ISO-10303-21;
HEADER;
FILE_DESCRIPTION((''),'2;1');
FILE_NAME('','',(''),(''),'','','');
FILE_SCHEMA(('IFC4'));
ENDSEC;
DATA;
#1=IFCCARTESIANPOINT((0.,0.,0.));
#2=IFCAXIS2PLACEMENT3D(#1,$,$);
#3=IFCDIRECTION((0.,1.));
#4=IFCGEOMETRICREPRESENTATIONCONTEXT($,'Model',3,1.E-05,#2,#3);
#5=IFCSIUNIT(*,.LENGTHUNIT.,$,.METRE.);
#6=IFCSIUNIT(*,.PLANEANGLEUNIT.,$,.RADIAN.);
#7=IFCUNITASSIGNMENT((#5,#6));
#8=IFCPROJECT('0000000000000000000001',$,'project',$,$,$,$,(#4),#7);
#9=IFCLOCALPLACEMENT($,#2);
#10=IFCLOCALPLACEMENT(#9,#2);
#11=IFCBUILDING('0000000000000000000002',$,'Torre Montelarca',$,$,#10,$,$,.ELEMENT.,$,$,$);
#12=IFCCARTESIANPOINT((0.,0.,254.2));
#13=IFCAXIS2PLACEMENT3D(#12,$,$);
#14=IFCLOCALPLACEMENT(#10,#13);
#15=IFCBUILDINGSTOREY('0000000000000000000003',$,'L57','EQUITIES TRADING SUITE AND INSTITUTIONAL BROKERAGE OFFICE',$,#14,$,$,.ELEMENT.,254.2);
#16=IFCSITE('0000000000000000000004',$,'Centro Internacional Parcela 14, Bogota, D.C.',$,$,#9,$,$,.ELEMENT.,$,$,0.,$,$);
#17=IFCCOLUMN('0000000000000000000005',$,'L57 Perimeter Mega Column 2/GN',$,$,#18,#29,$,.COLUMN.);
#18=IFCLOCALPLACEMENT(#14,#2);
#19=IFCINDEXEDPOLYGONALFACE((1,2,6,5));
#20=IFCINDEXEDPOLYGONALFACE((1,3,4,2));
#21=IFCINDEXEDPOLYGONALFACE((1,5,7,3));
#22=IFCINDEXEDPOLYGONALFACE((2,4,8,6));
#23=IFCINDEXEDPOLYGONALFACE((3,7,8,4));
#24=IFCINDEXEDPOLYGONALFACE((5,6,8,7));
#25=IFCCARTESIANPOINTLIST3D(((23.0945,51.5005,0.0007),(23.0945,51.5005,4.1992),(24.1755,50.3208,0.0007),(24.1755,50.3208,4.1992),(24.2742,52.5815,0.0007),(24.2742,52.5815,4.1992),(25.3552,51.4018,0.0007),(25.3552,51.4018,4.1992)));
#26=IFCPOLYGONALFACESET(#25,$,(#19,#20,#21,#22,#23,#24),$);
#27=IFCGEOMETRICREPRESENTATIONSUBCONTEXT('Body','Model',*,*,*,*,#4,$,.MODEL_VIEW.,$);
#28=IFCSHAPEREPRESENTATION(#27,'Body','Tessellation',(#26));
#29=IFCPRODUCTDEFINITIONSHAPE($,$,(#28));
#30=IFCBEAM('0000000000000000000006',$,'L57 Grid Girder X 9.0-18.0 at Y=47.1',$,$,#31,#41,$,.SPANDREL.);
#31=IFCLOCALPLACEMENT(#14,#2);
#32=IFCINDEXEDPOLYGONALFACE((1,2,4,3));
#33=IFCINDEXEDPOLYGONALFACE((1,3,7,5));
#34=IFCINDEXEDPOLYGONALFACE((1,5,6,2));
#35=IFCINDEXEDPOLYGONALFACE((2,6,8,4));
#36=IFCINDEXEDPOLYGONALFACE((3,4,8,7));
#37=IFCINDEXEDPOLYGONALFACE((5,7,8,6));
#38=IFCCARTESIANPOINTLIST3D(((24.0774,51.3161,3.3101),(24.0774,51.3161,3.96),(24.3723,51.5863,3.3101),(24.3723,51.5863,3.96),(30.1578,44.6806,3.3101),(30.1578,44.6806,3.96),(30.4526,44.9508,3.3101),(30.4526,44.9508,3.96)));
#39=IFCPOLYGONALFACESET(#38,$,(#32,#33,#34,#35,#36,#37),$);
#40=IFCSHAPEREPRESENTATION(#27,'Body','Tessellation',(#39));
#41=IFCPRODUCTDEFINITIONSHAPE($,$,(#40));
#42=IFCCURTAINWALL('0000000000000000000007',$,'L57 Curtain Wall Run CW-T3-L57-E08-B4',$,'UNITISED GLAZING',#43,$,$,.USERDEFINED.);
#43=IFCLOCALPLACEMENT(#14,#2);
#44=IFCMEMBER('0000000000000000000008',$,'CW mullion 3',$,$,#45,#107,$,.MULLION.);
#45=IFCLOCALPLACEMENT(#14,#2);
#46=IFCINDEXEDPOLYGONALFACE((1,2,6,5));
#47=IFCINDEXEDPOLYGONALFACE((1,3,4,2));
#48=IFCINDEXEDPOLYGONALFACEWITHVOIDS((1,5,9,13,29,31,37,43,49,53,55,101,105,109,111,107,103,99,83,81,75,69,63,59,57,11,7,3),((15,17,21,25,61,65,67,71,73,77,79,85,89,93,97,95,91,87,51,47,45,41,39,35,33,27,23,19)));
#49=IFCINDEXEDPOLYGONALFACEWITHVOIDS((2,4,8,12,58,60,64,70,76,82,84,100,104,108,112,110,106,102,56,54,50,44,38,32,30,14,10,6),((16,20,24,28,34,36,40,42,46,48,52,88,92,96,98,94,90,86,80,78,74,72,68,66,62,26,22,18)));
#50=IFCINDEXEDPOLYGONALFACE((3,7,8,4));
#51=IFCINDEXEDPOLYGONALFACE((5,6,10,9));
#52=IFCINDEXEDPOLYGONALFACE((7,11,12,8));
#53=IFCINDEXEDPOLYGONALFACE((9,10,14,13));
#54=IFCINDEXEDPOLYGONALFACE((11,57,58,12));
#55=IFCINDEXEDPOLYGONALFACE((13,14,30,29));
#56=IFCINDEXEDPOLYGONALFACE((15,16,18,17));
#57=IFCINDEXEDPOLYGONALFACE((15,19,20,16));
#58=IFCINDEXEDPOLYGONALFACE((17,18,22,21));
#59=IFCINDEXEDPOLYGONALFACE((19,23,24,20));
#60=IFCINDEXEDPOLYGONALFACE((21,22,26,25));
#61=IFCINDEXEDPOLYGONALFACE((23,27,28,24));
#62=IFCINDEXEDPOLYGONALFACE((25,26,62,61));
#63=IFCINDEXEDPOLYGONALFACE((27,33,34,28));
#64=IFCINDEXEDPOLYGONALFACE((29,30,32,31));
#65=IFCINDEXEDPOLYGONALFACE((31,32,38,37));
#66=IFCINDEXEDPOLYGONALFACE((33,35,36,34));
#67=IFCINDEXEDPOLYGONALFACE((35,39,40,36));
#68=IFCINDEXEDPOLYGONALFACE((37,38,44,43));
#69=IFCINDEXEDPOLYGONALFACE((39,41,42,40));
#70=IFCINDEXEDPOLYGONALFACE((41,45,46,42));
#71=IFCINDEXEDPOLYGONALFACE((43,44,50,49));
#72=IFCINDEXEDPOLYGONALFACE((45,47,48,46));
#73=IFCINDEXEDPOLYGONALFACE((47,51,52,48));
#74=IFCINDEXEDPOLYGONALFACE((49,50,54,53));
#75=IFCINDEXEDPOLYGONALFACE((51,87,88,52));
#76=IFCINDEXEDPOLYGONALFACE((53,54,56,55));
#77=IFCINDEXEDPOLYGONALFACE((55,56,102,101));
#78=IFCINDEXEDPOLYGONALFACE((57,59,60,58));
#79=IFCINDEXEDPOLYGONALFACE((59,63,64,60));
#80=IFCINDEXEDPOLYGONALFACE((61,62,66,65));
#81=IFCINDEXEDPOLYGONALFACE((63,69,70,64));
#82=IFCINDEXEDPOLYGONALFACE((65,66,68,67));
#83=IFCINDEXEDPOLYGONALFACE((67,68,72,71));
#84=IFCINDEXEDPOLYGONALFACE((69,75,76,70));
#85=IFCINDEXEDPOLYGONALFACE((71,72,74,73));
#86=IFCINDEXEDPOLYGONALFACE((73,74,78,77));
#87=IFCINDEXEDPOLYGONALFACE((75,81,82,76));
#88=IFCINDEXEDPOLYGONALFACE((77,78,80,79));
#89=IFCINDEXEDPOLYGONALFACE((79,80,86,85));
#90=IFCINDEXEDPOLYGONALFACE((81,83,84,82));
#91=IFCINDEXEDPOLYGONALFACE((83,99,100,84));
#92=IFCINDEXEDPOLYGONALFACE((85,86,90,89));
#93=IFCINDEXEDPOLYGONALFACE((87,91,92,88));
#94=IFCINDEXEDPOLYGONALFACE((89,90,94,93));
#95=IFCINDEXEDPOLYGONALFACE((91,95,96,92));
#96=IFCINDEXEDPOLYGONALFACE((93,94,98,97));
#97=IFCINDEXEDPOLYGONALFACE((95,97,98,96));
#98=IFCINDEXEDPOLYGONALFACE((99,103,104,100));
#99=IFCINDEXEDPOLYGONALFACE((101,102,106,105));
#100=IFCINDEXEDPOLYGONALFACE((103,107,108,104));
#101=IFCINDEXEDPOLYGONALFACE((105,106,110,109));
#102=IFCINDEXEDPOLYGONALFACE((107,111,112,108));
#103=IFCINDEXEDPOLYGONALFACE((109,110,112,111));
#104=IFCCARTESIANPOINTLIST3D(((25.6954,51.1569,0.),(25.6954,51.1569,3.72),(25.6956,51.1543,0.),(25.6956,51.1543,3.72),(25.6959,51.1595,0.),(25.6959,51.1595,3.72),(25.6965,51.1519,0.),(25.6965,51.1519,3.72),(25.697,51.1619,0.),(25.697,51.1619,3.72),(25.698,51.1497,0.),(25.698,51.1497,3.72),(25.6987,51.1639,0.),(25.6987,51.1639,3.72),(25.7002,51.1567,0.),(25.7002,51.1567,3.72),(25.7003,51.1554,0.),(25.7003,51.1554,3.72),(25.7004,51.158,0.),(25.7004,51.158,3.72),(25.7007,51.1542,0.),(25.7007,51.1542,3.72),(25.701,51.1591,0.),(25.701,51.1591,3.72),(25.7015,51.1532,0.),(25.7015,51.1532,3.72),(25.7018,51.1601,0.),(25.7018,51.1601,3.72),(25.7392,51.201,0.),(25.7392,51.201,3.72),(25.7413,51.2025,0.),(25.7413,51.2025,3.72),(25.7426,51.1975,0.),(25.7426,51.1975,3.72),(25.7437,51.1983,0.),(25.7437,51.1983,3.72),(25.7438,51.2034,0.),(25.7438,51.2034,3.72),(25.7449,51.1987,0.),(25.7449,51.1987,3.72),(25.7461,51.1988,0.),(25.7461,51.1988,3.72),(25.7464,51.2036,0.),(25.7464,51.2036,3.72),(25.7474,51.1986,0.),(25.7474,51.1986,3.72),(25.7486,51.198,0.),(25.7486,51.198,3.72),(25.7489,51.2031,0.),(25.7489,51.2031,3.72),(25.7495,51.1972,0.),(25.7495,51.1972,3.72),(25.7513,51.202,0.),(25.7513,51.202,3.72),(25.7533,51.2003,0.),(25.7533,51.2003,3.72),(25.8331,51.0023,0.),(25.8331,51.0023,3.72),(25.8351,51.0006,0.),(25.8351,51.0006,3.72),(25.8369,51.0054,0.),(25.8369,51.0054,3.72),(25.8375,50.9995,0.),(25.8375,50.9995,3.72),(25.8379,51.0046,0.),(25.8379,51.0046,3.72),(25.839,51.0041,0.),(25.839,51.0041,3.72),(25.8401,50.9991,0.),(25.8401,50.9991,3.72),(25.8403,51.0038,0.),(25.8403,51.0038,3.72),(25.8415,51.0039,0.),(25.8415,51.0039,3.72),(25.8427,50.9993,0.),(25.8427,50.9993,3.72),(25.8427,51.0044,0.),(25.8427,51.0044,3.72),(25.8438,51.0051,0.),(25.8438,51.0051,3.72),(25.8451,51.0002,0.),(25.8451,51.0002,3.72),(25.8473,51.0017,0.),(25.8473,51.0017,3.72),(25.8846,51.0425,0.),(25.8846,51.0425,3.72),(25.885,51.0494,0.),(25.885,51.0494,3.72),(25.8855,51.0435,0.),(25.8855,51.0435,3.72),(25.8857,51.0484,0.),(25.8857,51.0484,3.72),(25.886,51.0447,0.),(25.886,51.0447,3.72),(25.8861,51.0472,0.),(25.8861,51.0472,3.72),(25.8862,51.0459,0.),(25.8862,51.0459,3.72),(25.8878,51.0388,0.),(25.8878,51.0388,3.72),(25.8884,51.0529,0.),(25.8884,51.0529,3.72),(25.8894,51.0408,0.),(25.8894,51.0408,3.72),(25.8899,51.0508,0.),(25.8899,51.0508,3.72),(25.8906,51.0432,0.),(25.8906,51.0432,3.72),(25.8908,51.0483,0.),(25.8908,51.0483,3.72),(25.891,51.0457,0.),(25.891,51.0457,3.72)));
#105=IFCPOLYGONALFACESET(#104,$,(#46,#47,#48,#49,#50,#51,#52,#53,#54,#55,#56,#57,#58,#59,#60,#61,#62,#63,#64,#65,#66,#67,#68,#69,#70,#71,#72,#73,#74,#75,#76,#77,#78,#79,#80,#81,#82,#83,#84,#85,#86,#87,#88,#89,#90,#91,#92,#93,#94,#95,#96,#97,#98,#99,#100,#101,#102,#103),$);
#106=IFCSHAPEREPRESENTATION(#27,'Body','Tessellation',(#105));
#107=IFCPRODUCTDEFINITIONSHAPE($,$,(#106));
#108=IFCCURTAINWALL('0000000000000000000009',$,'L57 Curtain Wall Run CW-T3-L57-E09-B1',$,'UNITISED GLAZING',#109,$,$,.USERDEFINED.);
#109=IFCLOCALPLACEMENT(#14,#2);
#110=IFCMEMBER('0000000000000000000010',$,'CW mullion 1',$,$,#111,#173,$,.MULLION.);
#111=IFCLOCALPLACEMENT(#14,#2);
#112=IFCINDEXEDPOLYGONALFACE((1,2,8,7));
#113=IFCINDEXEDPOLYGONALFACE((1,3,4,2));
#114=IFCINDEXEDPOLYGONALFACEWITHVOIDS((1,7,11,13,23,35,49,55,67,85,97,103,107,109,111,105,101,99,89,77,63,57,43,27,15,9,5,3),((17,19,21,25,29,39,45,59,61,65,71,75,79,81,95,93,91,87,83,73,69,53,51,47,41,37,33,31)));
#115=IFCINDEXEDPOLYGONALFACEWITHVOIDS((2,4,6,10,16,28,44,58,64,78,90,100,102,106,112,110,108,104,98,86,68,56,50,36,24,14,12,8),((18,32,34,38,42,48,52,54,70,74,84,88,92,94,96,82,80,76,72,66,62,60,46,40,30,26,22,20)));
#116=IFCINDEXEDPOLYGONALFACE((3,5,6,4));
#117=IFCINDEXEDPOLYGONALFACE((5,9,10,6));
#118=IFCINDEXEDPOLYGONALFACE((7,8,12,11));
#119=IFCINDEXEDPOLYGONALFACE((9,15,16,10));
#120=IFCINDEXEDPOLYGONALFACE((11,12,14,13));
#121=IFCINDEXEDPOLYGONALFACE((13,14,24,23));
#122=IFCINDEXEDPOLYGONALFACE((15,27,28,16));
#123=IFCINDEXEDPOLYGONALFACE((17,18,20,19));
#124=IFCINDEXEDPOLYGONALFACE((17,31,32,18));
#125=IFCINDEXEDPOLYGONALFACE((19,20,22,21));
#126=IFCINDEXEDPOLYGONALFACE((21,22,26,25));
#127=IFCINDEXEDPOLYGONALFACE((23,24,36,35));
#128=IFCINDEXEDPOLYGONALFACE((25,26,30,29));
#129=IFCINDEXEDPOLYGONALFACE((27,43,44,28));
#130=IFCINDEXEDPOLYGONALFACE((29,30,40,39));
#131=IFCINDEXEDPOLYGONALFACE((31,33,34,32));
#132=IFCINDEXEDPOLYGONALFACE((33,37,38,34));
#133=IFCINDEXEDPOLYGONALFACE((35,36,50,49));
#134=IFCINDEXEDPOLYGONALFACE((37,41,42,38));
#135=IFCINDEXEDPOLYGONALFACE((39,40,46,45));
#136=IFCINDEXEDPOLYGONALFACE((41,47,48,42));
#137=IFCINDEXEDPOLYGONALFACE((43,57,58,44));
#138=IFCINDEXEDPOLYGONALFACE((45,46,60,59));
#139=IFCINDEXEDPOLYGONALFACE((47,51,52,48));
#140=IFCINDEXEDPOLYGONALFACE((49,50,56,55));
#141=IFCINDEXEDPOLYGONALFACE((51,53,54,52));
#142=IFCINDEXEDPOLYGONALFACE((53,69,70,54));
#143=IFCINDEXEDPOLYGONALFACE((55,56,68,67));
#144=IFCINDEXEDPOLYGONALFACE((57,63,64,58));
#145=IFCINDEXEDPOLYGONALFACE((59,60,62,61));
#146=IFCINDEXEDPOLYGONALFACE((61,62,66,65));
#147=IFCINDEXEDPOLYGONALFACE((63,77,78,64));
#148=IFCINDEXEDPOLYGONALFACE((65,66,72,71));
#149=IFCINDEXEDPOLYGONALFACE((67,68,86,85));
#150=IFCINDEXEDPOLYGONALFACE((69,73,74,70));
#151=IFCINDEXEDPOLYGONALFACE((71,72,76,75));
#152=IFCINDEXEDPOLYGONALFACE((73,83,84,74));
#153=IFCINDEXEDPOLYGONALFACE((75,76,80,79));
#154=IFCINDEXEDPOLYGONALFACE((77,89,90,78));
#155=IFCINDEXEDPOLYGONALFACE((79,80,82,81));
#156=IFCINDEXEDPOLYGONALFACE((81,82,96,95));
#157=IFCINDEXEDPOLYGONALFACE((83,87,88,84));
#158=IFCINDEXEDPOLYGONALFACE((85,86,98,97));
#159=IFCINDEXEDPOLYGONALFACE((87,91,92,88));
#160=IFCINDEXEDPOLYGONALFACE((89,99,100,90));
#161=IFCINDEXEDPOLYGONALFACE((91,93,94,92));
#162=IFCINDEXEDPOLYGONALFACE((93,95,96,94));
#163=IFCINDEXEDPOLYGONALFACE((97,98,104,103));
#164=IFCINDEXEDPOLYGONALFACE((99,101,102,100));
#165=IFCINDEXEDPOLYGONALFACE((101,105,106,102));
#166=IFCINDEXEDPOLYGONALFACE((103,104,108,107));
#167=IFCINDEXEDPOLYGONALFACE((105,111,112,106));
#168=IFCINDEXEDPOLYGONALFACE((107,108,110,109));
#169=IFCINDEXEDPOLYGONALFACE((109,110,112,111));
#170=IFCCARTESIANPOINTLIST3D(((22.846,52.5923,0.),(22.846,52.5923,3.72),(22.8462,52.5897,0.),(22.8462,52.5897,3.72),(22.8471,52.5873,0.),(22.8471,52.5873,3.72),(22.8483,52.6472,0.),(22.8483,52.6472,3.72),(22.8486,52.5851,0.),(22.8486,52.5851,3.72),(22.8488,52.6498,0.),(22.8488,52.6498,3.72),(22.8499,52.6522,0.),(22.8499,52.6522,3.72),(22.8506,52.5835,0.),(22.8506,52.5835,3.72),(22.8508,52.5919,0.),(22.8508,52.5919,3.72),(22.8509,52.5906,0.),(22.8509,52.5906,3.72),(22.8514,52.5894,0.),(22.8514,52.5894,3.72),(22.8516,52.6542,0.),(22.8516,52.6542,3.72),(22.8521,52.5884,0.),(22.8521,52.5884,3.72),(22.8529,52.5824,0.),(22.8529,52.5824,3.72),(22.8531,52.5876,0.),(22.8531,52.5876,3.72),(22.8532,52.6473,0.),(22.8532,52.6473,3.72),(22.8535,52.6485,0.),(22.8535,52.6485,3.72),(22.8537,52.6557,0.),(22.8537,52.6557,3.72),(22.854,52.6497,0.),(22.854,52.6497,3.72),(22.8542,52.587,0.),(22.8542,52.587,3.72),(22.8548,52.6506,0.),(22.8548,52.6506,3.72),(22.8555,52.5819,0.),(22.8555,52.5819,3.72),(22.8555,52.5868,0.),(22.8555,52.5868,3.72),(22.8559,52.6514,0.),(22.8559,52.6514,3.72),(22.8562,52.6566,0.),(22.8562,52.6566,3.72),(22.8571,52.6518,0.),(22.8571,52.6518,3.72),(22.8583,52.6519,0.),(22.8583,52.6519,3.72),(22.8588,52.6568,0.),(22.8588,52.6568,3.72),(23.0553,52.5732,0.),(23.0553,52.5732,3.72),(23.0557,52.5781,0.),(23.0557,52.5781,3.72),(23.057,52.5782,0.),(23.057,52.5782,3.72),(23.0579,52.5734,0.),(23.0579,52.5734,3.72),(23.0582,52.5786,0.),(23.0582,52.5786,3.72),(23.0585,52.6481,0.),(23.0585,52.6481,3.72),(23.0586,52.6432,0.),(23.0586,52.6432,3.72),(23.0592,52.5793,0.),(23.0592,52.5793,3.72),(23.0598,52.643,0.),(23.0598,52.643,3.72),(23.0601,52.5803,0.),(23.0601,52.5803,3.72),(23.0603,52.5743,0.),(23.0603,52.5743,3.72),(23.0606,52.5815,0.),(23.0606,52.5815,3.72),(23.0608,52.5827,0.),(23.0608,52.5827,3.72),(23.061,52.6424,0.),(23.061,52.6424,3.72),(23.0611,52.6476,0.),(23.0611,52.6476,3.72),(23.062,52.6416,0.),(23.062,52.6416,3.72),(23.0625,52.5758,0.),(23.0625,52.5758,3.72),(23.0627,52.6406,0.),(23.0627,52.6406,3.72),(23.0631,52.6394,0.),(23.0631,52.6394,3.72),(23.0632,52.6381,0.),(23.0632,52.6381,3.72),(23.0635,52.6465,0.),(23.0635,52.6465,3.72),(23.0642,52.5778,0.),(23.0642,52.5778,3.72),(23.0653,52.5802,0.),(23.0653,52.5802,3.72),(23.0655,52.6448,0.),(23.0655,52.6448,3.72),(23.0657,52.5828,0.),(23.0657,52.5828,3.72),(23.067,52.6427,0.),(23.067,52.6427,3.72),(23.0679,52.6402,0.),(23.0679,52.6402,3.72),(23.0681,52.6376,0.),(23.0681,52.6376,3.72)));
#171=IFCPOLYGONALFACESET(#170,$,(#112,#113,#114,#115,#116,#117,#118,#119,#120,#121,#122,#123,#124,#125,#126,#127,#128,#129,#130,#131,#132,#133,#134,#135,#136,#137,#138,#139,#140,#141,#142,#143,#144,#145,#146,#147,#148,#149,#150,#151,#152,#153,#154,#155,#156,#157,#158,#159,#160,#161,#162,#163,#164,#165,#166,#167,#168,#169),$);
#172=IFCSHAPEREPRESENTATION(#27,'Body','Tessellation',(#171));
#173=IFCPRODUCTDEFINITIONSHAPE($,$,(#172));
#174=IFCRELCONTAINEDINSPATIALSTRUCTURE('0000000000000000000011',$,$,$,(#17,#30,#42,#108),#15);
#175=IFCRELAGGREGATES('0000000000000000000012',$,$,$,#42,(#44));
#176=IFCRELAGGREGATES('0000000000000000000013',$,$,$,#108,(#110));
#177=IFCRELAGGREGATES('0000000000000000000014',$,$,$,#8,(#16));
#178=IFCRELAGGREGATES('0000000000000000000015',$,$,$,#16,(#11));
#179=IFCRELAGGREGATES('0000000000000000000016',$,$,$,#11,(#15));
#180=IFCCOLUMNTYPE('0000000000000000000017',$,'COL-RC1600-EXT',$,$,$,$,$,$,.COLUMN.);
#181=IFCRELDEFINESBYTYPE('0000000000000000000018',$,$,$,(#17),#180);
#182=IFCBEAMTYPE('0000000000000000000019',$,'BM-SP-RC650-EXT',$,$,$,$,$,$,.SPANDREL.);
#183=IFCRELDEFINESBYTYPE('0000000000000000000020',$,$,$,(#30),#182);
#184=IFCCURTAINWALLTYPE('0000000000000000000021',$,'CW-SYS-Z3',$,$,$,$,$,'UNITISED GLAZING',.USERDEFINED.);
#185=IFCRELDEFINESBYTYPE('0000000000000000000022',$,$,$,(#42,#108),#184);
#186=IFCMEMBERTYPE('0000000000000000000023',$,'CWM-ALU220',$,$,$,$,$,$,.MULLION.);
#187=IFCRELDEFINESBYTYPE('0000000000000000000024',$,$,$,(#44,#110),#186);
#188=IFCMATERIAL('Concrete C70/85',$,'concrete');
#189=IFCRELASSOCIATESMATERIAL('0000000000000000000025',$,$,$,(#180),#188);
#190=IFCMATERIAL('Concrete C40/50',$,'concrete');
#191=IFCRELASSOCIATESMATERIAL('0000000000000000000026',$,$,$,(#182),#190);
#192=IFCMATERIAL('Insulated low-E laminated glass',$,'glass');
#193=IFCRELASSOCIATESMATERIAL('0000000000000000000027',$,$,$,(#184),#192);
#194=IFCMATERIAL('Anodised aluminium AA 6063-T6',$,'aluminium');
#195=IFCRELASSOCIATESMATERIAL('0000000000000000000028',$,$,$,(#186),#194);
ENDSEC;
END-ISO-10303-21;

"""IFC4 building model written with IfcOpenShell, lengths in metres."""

from ifc_helpers import new_model, si_unit, direction, frame, origin, origin_2d, place, context, subcontext, project, spatial, rectangle, hollow_rectangle, extrude, source, transform, mapped, material, material_profile, profile_set, type_object, element, aggregate, save


model = new_model("IFC4")

# Units and contexts
model_context = context("Model", 3, precision=1e-05, world=origin(), true_north=direction((0.0, 1.0)))
body_context = subcontext(model_context, "Body", "Model", "MODEL_VIEW")
ifc_project = project(units=[si_unit("LENGTHUNIT", "METRE"), si_unit("PLANEANGLEUNIT", "RADIAN")], contexts=[model_context])

# Site, building, storey
site_placement = place(None, origin())
site = spatial("IfcSite", under=ifc_project, at=site_placement, Name="Centro Internacional Parcela 14, Bogota, D.C.", CompositionType="ELEMENT", RefElevation=0.0)
building_placement = place(site_placement, origin())
building = spatial("IfcBuilding", under=site, at=building_placement, Name="Torre Montelarca", CompositionType="ELEMENT")
storey_placement = place(building_placement, frame((0.0, 0.0, 254.2)))
storey = spatial("IfcBuildingStorey", under=building, at=storey_placement, Name="L57", Description="EQUITIES TRADING SUITE AND INSTITUTIONAL BROKERAGE OFFICE", CompositionType="ELEMENT", Elevation=254.2)

# Column
ifc_material_1 = material(Name="Concrete C70/85", Category="concrete")
ifc_material_profile_1 = material_profile(ifc_material_1, rectangle(XDim=1.6001, YDim=1.6001, at=origin_2d()), Name="RC1600X1600", Category="concrete")
ifc_profile_set_1 = profile_set([ifc_material_profile_1], Name="Concrete C70/85")
column_type = type_object("IfcColumnType", Name="COL-RC1600-EXT", PredefinedType="COLUMN", material=ifc_profile_set_1)
shared_shape_1 = source(origin(), body_context, "Body", "SweptSolid", [
    extrude(rectangle(XDim=1.6001, YDim=1.6001, at=origin_2d()), origin(), (0.0, 0.0, 1.0), 4.1985),
])
column_placement = place(storey_placement, frame((24.2249, 51.4512, 0.0007), z_axis=(0.0, 0.0, 1.0), x_axis=(-0.67559, 0.737277, 0.0)))
element("IfcColumn", 1, at=column_placement, inside=storey, type_object=column_type, Name="L57 Perimeter Mega Column 2/GN", PredefinedType="COLUMN", context=body_context, shape_type="MappedRepresentation", body=[
    mapped(shared_shape_1, transform((0.0, 0.0, 0.0), scale=1.0)),
])

# Beam
ifc_material_2 = material(Name="Concrete C40/50", Category="concrete")
ifc_material_profile_2 = material_profile(ifc_material_2, rectangle(XDim=0.3999, YDim=0.6499, at=origin_2d()), Name="RCB400X650", Category="concrete")
ifc_profile_set_2 = profile_set([ifc_material_profile_2], Name="Concrete C40/50")
beam_type = type_object("IfcBeamType", Name="BM-SP-RC650-EXT", PredefinedType="SPANDREL", material=ifc_profile_set_2)
shared_shape_2 = source(origin(), body_context, "Body", "SweptSolid", [
    extrude(rectangle(XDim=0.3999, YDim=0.6499, at=origin_2d()), origin(), (0.0, 0.0, 1.0), 9.0),
])
beam_placement = place(storey_placement, frame((24.2249, 51.4512, 3.635), z_axis=(0.675591, -0.737277, 0.0), x_axis=(0.737277, 0.675591, 0.0)))
element("IfcBeam", 2, at=beam_placement, inside=storey, type_object=beam_type, Name="L57 Grid Girder X 9.0-18.0 at Y=47.1", PredefinedType="SPANDREL", context=body_context, shape_type="MappedRepresentation", body=[
    mapped(shared_shape_2, transform((0.0, 0.0, 0.0), scale=1.0)),
])

# Curtain wall, member
ifc_material_3 = material(Name="Insulated low-E laminated glass", Category="glass")
curtain_wall_type = type_object("IfcCurtainWallType", Name="CW-SYS-Z3", ElementType="UNITISED GLAZING", PredefinedType="USERDEFINED", material=ifc_material_3)
curtain_wall_1_placement = place(storey_placement, origin())
curtain_wall_1 = element("IfcCurtainWall", 3, at=curtain_wall_1_placement, inside=storey, type_object=curtain_wall_type, Name="L57 Curtain Wall Run CW-T3-L57-E08-B4", ObjectType="UNITISED GLAZING", PredefinedType="USERDEFINED")
ifc_material_4 = material(Name="Anodised aluminium AA 6063-T6", Category="aluminium")
ifc_material_profile_3 = material_profile(ifc_material_4, hollow_rectangle(XDim=0.075, YDim=0.22, WallThickness=0.0049, InnerFilletRadius=0.0049, OuterFilletRadius=0.01, at=origin_2d()), Name="ALU75X220X5", Category="aluminium")
ifc_profile_set_3 = profile_set([ifc_material_profile_3], Name="Anodised aluminium AA 6063-T6")
member_type_1 = type_object("IfcMemberType", Name="CWM-ALU220", PredefinedType="MULLION", material=ifc_profile_set_3)
shared_shape_3 = source(origin(), body_context, "Body", "SweptSolid", [
    extrude(hollow_rectangle(XDim=0.075, YDim=0.22, WallThickness=0.0049, InnerFilletRadius=0.0049, OuterFilletRadius=0.01, at=origin_2d()), origin(), (0.0, 0.0, 1.0), 3.72),
])
member_1_placement = place(storey_placement, frame((25.7932, 51.1013, 0.0), z_axis=(0.0, 0.0, 1.0), x_axis=(-0.73728, -0.675588, 0.0)))
member_1 = element("IfcMember", 4, at=member_1_placement, type_object=member_type_1, Name="CW mullion 3", PredefinedType="MULLION", context=body_context, shape_type="MappedRepresentation", body=[
    mapped(shared_shape_3, transform((0.0, 0.0, 0.0), scale=1.0)),
])
aggregate(curtain_wall_1, [member_1])

# Curtain wall, member
curtain_wall_2_placement = place(storey_placement, origin())
curtain_wall_2 = element("IfcCurtainWall", 5, at=curtain_wall_2_placement, inside=storey, type_object=curtain_wall_type, Name="L57 Curtain Wall Run CW-T3-L57-E09-B1", ObjectType="UNITISED GLAZING", PredefinedType="USERDEFINED")
member_2_placement = place(storey_placement, frame((22.957, 52.615, 0.0), z_axis=(0.0, 0.0, 1.0), x_axis=(-0.043613, -0.999049, 0.0)))
member_2 = element("IfcMember", 6, at=member_2_placement, type_object=member_type_1, Name="CW mullion 1", PredefinedType="MULLION", context=body_context, shape_type="MappedRepresentation", body=[
    mapped(shared_shape_3, transform((0.0, 0.0, 0.0), scale=1.0)),
])
aggregate(curtain_wall_2, [member_2])

save(model, "model.ifc")
